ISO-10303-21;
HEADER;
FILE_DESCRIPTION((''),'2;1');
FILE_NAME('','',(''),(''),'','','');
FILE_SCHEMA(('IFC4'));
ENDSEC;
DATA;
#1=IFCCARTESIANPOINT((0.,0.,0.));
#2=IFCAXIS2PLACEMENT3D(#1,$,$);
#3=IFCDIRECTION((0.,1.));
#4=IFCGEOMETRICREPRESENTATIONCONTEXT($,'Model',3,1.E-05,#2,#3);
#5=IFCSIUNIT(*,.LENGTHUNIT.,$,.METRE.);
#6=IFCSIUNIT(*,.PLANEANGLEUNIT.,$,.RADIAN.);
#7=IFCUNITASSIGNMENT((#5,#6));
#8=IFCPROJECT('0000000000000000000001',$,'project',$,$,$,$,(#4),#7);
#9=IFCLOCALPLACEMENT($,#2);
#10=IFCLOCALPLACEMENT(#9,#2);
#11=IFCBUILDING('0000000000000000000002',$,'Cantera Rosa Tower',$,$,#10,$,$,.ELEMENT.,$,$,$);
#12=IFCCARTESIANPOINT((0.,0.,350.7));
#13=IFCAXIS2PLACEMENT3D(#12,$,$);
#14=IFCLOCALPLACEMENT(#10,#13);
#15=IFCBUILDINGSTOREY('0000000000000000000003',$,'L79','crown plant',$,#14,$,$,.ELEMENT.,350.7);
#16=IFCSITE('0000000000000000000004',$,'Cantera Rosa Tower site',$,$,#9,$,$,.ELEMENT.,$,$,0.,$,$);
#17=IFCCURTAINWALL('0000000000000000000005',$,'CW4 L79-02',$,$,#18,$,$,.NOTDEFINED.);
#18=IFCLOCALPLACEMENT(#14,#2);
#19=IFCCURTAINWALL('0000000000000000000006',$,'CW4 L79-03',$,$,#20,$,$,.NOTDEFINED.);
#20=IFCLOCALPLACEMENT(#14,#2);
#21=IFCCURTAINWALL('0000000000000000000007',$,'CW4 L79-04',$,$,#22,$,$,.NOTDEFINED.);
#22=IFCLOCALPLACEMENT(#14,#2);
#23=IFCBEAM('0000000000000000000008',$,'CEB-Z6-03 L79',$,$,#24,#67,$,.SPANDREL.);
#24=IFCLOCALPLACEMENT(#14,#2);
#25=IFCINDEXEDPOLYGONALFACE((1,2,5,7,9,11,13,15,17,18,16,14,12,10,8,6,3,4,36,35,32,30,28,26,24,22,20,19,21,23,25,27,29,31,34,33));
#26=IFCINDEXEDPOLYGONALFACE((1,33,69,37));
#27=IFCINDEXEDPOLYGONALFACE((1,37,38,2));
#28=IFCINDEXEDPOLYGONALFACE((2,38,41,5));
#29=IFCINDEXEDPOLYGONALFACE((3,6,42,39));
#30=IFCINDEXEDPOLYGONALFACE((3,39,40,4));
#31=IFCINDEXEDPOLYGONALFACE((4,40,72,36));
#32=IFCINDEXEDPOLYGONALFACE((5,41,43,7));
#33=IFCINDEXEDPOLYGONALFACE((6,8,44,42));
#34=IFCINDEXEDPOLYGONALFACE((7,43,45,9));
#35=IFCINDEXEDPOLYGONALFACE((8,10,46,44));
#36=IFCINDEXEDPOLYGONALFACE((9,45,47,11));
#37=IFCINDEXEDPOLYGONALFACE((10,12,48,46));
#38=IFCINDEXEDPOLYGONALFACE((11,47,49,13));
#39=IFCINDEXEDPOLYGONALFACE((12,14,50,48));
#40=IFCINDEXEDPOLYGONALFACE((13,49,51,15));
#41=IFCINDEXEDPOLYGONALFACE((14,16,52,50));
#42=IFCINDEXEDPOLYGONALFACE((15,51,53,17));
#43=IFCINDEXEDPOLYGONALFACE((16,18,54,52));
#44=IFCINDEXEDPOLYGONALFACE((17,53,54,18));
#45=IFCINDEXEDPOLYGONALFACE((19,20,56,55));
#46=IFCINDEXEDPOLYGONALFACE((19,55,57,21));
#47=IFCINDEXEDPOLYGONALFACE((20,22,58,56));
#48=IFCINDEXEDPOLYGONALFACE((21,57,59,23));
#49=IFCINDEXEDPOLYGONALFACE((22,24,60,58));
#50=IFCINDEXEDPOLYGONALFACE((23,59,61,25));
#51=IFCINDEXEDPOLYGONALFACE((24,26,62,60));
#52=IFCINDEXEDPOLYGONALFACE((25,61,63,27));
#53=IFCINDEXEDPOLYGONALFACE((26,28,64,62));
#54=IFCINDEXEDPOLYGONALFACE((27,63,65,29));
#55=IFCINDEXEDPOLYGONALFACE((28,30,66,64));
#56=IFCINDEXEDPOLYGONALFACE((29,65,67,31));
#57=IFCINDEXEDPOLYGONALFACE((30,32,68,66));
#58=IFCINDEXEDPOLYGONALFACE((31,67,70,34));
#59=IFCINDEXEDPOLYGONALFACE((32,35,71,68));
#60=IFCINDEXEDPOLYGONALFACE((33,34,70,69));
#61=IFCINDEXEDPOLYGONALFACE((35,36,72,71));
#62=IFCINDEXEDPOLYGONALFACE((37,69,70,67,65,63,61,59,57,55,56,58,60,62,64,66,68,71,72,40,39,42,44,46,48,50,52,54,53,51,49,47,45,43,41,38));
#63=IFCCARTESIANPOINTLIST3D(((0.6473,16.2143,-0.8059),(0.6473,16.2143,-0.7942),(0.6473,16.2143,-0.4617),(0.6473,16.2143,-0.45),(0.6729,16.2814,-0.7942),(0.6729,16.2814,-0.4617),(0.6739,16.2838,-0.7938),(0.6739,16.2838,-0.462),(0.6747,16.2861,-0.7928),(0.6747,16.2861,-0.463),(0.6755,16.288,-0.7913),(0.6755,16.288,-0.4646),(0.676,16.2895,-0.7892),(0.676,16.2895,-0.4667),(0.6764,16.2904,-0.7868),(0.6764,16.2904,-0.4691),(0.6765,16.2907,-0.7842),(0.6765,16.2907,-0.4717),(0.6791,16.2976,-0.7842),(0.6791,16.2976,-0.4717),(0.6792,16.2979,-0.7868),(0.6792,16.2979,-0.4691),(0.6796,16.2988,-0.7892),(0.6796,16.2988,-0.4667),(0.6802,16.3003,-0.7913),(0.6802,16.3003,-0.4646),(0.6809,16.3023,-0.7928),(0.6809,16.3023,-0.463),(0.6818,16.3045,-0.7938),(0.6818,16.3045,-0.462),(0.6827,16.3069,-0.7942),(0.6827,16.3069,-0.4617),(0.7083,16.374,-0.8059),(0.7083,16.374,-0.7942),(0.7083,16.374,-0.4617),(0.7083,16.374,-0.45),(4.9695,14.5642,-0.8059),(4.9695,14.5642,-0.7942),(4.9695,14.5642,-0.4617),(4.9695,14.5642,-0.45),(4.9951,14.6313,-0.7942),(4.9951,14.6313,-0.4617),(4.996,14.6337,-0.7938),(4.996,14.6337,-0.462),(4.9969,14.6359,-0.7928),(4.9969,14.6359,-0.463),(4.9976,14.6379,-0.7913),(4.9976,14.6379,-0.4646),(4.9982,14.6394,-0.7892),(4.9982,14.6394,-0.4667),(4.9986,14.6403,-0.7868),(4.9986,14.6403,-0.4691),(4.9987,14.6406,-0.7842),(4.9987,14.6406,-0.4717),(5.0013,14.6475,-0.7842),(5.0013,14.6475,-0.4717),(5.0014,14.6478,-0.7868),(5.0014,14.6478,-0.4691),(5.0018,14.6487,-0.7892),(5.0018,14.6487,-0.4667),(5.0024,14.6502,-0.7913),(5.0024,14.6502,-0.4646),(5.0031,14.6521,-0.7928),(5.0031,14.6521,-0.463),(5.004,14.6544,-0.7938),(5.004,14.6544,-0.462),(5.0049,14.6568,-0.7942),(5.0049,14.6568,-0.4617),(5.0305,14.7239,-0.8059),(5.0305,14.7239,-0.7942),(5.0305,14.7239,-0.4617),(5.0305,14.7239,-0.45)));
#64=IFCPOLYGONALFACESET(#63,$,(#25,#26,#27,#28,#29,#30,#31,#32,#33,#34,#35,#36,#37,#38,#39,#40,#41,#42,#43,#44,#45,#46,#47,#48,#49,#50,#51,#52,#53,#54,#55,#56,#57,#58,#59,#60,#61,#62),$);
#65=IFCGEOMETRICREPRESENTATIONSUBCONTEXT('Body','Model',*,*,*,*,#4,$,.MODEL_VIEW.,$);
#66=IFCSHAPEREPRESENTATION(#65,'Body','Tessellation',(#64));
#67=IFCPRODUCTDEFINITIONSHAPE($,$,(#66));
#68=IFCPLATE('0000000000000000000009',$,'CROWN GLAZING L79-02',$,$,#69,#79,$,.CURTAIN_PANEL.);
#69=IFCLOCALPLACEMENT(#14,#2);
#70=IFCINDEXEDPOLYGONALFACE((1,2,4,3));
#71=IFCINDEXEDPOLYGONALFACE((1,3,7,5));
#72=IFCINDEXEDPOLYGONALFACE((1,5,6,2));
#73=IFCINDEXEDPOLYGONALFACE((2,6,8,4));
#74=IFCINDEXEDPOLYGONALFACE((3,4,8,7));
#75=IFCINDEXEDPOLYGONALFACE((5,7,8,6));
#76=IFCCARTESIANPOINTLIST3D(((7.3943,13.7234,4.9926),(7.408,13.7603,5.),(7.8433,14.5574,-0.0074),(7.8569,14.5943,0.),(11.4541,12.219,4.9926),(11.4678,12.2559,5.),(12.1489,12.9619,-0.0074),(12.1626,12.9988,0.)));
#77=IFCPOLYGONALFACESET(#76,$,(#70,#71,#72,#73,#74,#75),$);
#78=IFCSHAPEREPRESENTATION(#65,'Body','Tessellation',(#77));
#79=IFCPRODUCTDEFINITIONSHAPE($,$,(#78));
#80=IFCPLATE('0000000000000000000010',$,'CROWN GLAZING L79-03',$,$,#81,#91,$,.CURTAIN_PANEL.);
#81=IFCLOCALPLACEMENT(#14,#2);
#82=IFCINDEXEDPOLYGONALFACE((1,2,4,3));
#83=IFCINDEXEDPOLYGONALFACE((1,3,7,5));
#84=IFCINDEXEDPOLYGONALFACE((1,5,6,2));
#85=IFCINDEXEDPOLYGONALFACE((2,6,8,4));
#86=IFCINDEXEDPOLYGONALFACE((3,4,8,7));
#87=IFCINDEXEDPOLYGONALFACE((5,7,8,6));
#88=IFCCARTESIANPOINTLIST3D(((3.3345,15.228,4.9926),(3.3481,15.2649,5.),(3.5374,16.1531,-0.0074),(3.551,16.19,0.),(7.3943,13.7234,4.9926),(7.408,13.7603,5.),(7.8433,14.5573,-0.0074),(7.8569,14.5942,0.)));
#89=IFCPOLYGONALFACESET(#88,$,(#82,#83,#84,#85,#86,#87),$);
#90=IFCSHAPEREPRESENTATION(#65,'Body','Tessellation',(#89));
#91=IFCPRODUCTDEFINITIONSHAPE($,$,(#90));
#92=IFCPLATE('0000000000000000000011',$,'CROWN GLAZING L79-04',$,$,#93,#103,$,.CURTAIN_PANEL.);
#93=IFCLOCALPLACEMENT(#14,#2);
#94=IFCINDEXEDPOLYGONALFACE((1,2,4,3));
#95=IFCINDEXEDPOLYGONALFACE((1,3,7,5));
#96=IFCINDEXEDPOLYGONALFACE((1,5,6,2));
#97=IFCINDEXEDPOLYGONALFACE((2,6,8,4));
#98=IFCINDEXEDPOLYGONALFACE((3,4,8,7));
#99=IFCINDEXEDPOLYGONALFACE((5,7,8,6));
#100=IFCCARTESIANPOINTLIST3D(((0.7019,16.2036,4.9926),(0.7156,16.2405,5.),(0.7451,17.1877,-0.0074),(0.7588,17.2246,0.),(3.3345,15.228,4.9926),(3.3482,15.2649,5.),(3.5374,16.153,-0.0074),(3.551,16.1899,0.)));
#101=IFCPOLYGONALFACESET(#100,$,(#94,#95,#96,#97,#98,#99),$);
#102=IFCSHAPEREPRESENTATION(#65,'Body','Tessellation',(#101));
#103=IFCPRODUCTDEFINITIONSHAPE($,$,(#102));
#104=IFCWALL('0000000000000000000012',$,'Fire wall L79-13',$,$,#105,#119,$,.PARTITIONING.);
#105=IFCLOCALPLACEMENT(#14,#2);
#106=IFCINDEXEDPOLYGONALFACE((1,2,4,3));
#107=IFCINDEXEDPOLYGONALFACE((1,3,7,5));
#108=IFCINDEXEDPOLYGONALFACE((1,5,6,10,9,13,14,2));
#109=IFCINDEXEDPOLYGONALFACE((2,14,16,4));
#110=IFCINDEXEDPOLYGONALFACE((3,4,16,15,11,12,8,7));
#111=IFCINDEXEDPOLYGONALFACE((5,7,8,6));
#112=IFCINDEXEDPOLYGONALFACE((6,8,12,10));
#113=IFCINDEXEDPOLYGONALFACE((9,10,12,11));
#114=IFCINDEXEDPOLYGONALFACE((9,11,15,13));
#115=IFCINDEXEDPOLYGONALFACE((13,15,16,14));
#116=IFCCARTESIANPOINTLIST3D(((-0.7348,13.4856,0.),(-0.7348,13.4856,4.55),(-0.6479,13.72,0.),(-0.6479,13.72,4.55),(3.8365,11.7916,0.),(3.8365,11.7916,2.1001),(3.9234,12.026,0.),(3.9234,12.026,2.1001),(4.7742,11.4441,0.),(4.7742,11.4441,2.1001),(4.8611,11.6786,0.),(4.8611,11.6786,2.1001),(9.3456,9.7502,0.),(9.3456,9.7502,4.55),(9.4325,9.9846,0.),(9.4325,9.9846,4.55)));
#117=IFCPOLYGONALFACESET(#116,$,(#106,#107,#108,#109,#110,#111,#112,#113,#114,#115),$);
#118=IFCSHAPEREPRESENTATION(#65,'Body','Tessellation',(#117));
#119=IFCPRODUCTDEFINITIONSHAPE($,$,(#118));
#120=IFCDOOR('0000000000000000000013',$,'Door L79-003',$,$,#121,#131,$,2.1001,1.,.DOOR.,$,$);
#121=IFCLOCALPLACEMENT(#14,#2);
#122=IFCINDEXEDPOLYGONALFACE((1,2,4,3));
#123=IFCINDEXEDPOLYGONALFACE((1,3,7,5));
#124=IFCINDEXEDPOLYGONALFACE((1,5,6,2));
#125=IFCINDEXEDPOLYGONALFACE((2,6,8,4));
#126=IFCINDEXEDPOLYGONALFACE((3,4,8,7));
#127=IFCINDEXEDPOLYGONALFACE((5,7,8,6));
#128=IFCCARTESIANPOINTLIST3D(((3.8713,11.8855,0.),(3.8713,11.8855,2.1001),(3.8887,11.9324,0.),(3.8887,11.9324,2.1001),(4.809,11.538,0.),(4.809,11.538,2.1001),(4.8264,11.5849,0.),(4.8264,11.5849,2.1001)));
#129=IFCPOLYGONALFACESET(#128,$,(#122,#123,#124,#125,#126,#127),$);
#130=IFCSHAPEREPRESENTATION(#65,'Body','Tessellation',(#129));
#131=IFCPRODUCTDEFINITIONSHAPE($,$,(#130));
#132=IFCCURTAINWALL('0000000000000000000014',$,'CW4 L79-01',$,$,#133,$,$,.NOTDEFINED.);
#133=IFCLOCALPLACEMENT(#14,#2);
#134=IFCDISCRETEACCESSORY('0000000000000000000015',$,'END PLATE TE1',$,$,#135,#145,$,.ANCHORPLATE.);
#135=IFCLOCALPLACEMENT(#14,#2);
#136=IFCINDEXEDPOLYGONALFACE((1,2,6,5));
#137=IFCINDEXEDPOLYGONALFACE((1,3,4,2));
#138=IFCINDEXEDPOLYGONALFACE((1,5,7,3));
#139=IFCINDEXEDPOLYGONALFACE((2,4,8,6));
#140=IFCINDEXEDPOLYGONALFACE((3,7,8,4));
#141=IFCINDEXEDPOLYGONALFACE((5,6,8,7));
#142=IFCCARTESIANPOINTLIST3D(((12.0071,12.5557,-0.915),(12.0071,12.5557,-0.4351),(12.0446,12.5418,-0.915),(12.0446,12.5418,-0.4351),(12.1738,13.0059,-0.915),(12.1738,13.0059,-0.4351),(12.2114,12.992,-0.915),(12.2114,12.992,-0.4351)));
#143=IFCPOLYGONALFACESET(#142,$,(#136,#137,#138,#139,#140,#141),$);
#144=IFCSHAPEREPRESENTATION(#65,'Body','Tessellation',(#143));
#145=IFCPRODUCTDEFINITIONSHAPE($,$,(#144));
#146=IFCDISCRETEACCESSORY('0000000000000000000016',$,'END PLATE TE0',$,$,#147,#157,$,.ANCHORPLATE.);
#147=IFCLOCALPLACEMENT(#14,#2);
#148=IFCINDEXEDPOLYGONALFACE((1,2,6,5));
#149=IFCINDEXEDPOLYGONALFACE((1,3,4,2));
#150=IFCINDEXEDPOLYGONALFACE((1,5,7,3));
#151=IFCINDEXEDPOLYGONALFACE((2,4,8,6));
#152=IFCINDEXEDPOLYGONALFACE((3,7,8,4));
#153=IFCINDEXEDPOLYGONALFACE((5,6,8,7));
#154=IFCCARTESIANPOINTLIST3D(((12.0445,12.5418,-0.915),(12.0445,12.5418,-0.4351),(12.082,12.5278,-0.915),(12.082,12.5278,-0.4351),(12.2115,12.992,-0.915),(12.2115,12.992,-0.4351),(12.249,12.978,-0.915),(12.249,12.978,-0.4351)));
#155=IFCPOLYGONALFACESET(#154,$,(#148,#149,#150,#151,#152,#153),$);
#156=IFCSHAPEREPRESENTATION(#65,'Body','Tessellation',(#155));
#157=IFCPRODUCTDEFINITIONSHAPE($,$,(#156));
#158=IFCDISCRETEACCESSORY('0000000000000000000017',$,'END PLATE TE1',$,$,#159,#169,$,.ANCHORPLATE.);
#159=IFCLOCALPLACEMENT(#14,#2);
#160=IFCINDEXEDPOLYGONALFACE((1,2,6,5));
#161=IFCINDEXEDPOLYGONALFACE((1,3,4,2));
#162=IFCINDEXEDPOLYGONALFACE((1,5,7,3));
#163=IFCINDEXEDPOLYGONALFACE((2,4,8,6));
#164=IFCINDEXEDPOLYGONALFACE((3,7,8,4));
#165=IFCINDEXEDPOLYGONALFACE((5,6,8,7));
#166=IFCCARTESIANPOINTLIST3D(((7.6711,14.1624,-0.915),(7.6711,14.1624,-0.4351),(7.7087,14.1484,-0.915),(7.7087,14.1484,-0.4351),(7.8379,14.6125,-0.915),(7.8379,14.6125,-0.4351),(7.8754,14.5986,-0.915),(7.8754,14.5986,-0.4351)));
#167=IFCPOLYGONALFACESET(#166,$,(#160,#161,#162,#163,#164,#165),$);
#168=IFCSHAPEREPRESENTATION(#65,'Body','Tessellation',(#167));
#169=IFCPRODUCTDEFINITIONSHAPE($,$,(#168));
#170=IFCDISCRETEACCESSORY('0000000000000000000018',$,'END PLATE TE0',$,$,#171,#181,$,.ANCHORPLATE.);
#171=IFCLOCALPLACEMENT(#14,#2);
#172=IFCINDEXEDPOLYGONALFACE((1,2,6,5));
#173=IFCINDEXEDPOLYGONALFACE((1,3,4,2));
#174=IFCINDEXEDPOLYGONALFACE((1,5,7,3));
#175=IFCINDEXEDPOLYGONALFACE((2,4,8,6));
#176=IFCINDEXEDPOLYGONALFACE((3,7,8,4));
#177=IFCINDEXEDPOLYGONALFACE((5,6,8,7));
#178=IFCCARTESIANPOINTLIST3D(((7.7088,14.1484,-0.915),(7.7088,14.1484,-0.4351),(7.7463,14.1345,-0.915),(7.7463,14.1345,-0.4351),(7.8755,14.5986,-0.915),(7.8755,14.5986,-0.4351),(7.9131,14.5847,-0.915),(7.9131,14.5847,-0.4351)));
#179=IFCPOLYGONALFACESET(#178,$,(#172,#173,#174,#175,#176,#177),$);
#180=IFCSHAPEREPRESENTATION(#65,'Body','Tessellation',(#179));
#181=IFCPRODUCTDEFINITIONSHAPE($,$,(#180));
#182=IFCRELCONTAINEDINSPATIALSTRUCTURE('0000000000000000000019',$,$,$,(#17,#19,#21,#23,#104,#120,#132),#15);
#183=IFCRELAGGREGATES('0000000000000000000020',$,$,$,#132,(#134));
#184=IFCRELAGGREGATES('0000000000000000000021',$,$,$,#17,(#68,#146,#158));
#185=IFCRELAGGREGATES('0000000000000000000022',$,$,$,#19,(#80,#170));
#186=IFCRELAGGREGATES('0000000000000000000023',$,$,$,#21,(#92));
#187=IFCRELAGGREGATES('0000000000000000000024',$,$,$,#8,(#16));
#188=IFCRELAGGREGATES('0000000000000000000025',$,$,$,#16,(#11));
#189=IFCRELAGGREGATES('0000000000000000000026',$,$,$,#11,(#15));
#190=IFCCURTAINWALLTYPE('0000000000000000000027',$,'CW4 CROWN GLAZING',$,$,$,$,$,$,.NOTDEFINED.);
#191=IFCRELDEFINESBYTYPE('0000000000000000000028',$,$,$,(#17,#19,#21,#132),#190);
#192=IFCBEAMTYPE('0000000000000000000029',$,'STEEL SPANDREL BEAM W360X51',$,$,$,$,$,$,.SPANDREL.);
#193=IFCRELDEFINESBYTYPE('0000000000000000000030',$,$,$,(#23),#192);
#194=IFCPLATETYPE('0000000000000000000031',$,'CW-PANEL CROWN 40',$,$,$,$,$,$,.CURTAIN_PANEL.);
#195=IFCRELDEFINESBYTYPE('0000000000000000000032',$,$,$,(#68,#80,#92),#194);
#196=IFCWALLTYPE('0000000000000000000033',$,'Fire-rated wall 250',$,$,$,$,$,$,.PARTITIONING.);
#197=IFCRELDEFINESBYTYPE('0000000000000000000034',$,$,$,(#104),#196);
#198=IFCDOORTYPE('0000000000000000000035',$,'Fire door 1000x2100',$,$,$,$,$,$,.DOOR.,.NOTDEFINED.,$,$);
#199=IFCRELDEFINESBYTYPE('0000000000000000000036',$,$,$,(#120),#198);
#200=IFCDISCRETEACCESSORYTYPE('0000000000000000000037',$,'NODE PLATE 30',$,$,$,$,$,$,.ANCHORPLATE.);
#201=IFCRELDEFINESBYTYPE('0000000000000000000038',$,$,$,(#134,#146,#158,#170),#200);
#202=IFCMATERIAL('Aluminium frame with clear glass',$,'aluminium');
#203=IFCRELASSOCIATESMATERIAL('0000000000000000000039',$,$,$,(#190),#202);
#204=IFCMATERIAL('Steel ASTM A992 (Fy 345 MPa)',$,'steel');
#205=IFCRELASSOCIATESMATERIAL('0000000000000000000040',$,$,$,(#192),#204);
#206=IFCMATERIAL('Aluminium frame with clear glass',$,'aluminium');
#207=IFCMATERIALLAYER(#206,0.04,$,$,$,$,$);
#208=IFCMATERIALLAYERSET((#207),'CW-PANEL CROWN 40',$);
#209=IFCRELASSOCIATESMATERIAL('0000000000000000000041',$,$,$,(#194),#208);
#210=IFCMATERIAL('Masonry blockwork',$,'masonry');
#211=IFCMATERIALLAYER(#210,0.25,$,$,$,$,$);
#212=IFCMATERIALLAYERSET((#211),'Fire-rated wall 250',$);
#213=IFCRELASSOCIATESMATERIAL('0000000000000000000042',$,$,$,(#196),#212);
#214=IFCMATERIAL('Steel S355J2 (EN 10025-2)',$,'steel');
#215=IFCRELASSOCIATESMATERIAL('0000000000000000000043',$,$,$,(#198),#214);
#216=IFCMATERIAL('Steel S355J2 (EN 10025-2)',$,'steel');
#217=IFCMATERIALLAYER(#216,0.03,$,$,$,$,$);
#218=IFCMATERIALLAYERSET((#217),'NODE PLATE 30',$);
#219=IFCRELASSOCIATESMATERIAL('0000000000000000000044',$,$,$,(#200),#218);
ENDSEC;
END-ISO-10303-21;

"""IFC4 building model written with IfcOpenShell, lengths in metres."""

from ifc_helpers import new_model, si_unit, direction, frame, frame_2d, origin, origin_2d, place, context, subcontext, project, spatial, polyline, rectangle, i_section, outline, extrude, material, layer, layer_set, material_profile, profile_set, type_object, element, fill, aggregate, save


model = new_model("IFC4")

# Units and contexts
model_context = context("Model", 3, precision=1e-05, world=origin(), true_north=direction((0.0, 1.0)))
body_context = subcontext(model_context, "Body", "Model", "MODEL_VIEW")
ifc_project = project(units=[si_unit("LENGTHUNIT", "METRE"), si_unit("PLANEANGLEUNIT", "RADIAN")], contexts=[model_context])

# Site, building, storey
site_placement = place(None, origin())
site = spatial("IfcSite", under=ifc_project, at=site_placement, Name="Cantera Rosa Tower site", CompositionType="ELEMENT", RefElevation=0.0)
building_placement = place(site_placement, origin())
building = spatial("IfcBuilding", under=site, at=building_placement, Name="Cantera Rosa Tower", CompositionType="ELEMENT")
storey_placement = place(building_placement, frame((0.0, 0.0, 350.7)))
storey = spatial("IfcBuildingStorey", under=building, at=storey_placement, Name="L79", Description="crown plant", CompositionType="ELEMENT", Elevation=350.7)

# Curtain walls
ifc_material_1 = material(Name="Aluminium frame with clear glass", Category="aluminium")
curtain_wall_type = type_object("IfcCurtainWallType", Name="CW4 CROWN GLAZING", PredefinedType="NOTDEFINED", material=ifc_material_1)
curtain_wall_1_placement = place(storey_placement, origin())
curtain_wall_1 = element("IfcCurtainWall", 1, at=curtain_wall_1_placement, inside=storey, type_object=curtain_wall_type, Name="CW4 L79-02", PredefinedType="NOTDEFINED")
curtain_wall_2_placement = place(storey_placement, origin())
curtain_wall_2 = element("IfcCurtainWall", 2, at=curtain_wall_2_placement, inside=storey, type_object=curtain_wall_type, Name="CW4 L79-03", PredefinedType="NOTDEFINED")
curtain_wall_3_placement = place(storey_placement, origin())
curtain_wall_3 = element("IfcCurtainWall", 3, at=curtain_wall_3_placement, inside=storey, type_object=curtain_wall_type, Name="CW4 L79-04", PredefinedType="NOTDEFINED")

# Beam
ifc_material_2 = material(Name="Steel ASTM A992 (Fy 345 MPa)", Category="steel")
ifc_material_profile_1 = material_profile(ifc_material_2, i_section(OverallWidth=0.1709, OverallDepth=0.356, WebThickness=0.0073, FlangeThickness=0.0117, FilletRadius=0.01, at=origin_2d()), Name="W360X51")
ifc_profile_set_1 = profile_set([ifc_material_profile_1], Name="Steel ASTM A992 (Fy 345 MPa)")
beam_type_1 = type_object("IfcBeamType", Name="STEEL SPANDREL BEAM W360X51", PredefinedType="SPANDREL", material=ifc_profile_set_1)
beam_1_placement = place(storey_placement, frame((5.0, 14.644, -0.6279), z_axis=(-0.934231, 0.356669, 0.0), x_axis=(-0.356669, -0.934231, 0.0)))
element("IfcBeam", 4, at=beam_1_placement, inside=storey, type_object=beam_type_1, Name="CEB-Z6-03 L79", PredefinedType="SPANDREL", context=body_context, shape_type="SweptSolid", body=[
    extrude(i_section(OverallWidth=0.1709, OverallDepth=0.356, WebThickness=0.0073, FlangeThickness=0.0117, FilletRadius=0.01, at=origin_2d()), origin(), (0.0, 0.0, 1.0), 4.6265),
])

# Plates
ifc_material_3 = material(Name="Aluminium frame with clear glass", Category="aluminium")
ifc_layer_1 = layer(ifc_material_3, 0.04)
ifc_layer_set_1 = layer_set([ifc_layer_1], Name="CW-PANEL CROWN 40")
plate_type = type_object("IfcPlateType", Name="CW-PANEL CROWN 40", PredefinedType="CURTAIN_PANEL", material=ifc_layer_set_1)
plate_1_placement = place(storey_placement, frame((12.1626, 12.9988, 0.0), z_axis=(0.341507, 0.921614, 0.184391), x_axis=(-0.937693, 0.347465, 0.000001)))
plate_1 = element("IfcPlate", 5, at=plate_1_placement, type_object=plate_type, Name="CROWN GLAZING L79-02", PredefinedType="CURTAIN_PANEL", context=body_context, shape_type="SweptSolid", body=[
    extrude(outline(polyline([(0.0, 0.0), (4.5918, 0.0), (4.723, 5.0872), (0.3934, 5.0872), (0.0, 0.0)])), origin(), (0.0, 0.0, -1.0), 0.04),
])
plate_2_placement = place(storey_placement, frame((7.8569, 14.5942, 0.0), z_axis=(0.341546, 0.921603, 0.184377), x_axis=(-0.937679, 0.347504, 0.000003)))
plate_2 = element("IfcPlate", 6, at=plate_2_placement, type_object=plate_type, Name="CROWN GLAZING L79-03", PredefinedType="CURTAIN_PANEL", context=body_context, shape_type="SweptSolid", body=[
    extrude(outline(polyline([(0.0, 0.0), (4.5921, 0.0), (4.4609, 5.0872), (0.1312, 5.0872), (0.0, 0.0)])), origin(), (0.0, 0.0, -1.0), 0.04),
])
plate_3_placement = place(storey_placement, frame((3.551, 16.1899, 0.0), z_axis=(0.341521, 0.921616, 0.184358), x_axis=(-0.937689, 0.347476, 0.000002)))
plate_3 = element("IfcPlate", 7, at=plate_3_placement, type_object=plate_type, Name="CROWN GLAZING L79-04", PredefinedType="CURTAIN_PANEL", context=body_context, shape_type="SweptSolid", body=[
    extrude(outline(polyline([(0.0, 0.0), (2.9778, 0.0), (2.6763, 5.0872), (-0.1312, 5.0872), (0.0, 0.0)])), origin(), (0.0, 0.0, -1.0), 0.04),
])

# Wall, opening, door
ifc_material_4 = material(Name="Masonry blockwork", Category="masonry")
ifc_layer_2 = layer(ifc_material_4, 0.25)
ifc_layer_set_2 = layer_set([ifc_layer_2], Name="Fire-rated wall 250")
wall_type = type_object("IfcWallType", Name="Fire-rated wall 250", PredefinedType="PARTITIONING", material=ifc_layer_set_2)
wall_placement = place(storey_placement, frame((9.3889, 9.8674, 0.0), z_axis=(0.0, 0.0, 1.0), x_axis=(-0.937691, 0.34747, 0.0)))
wall = element("IfcWall", 8, at=wall_placement, inside=storey, type_object=wall_type, Name="Fire wall L79-13", PredefinedType="PARTITIONING", context=body_context, shape_type="SweptSolid", body=[
    extrude(rectangle(XDim=10.7502, YDim=0.25, at=frame_2d((5.375, 0.0))), origin(), (0.0, 0.0, 1.0), 4.55),
])
opening_placement = place(wall_placement, frame((4.875, 0.0, 0.0)))
opening = element("IfcOpeningElement", 9, at=opening_placement, cuts=wall, PredefinedType="OPENING", context=body_context, shape_type="SweptSolid", body=[
    extrude(rectangle(XDim=1.0, YDim=2.1001, at=frame_2d((0.5, 1.05))), frame((0.0, 0.135, 0.0), z_axis=(0.0, -1.0, 0.0), x_axis=(1.0, 0.0, 0.0)), (0.0, 0.0, 1.0), 0.27),
])
ifc_material_5 = material(Name="Steel S355J2 (EN 10025-2)", Category="steel")
door_type = type_object("IfcDoorType", Name="Fire door 1000x2100", OperationType="NOTDEFINED", PredefinedType="DOOR", material=ifc_material_5)
door_placement = place(opening_placement, origin())
door = element("IfcDoor", 10, at=door_placement, inside=storey, type_object=door_type, Name="Door L79-003", OverallHeight=2.1001, OverallWidth=1.0, PredefinedType="DOOR", context=body_context, shape_type="SweptSolid", body=[
    extrude(rectangle(XDim=1.0, YDim=2.1001, at=frame_2d((0.5, 1.05))), frame((0.0, 0.0249, 0.0), z_axis=(0.0, -1.0, 0.0), x_axis=(1.0, 0.0, 0.0)), (0.0, 0.0, 1.0), 0.05),
])
fill(opening, door)

# Curtain wall, discrete accessory
curtain_wall_4_placement = place(storey_placement, origin())
curtain_wall_4 = element("IfcCurtainWall", 11, at=curtain_wall_4_placement, inside=storey, type_object=curtain_wall_type, Name="CW4 L79-01", PredefinedType="NOTDEFINED")
ifc_material_6 = material(Name="Steel S355J2 (EN 10025-2)", Category="steel")
ifc_layer_3 = layer(ifc_material_6, 0.03)
ifc_layer_set_3 = layer_set([ifc_layer_3], Name="NODE PLATE 30")
discrete_accessory_type = type_object("IfcDiscreteAccessoryType", Name="NODE PLATE 30", PredefinedType="ANCHORPLATE", material=ifc_layer_set_3)
discrete_accessory_1_placement = place(storey_placement, frame((12.0071, 12.5557, -0.4351), z_axis=(-0.937743, 0.347331, 0.0), x_axis=(0.347331, 0.937743, 0.0)))
discrete_accessory_1 = element("IfcDiscreteAccessory", 12, at=discrete_accessory_1_placement, type_object=discrete_accessory_type, Name="END PLATE TE1", PredefinedType="ANCHORPLATE", context=body_context, shape_type="SweptSolid", body=[
    extrude(outline(polyline([(0.0, 0.0), (0.4801, 0.0), (0.4801, 0.48), (0.0, 0.48), (0.0, 0.0)])), origin(), (0.0, 0.0, -1.0), 0.04),
])
aggregate(curtain_wall_4, [discrete_accessory_1])

# Discrete accessories
discrete_accessory_2_placement = place(storey_placement, frame((12.249, 12.978, -0.4351), z_axis=(0.937577, -0.347778, 0.0), x_axis=(-0.347778, -0.937577, 0.0)))
discrete_accessory_2 = element("IfcDiscreteAccessory", 13, at=discrete_accessory_2_placement, type_object=discrete_accessory_type, Name="END PLATE TE0", PredefinedType="ANCHORPLATE", context=body_context, shape_type="SweptSolid", body=[
    extrude(outline(polyline([(0.0, 0.0), (0.4802, 0.0), (0.4802, 0.48), (0.0, 0.48), (0.0, 0.0)])), origin(), (0.0, 0.0, -1.0), 0.04),
])
discrete_accessory_3_placement = place(storey_placement, frame((7.6711, 14.1624, -0.4351), z_axis=(-0.937743, 0.347331, 0.0), x_axis=(0.347331, 0.937743, 0.0)))
discrete_accessory_3 = element("IfcDiscreteAccessory", 14, at=discrete_accessory_3_placement, type_object=discrete_accessory_type, Name="END PLATE TE1", PredefinedType="ANCHORPLATE", context=body_context, shape_type="SweptSolid", body=[
    extrude(outline(polyline([(0.0, 0.0), (0.4801, 0.0), (0.4801, 0.48), (0.0, 0.48), (0.0, 0.0)])), origin(), (0.0, 0.0, -1.0), 0.04),
])
aggregate(curtain_wall_1, [plate_1, discrete_accessory_2, discrete_accessory_3])
discrete_accessory_4_placement = place(storey_placement, frame((7.9131, 14.5847, -0.4351), z_axis=(0.937743, -0.347331, 0.0), x_axis=(-0.347331, -0.937743, 0.0)))
discrete_accessory_4 = element("IfcDiscreteAccessory", 15, at=discrete_accessory_4_placement, type_object=discrete_accessory_type, Name="END PLATE TE0", PredefinedType="ANCHORPLATE", context=body_context, shape_type="SweptSolid", body=[
    extrude(outline(polyline([(0.0, 0.0), (0.4801, 0.0), (0.4801, 0.48), (0.0, 0.48), (0.0, 0.0)])), origin(), (0.0, 0.0, -1.0), 0.04),
])
aggregate(curtain_wall_2, [plate_2, discrete_accessory_4])
aggregate(curtain_wall_3, [plate_3])

save(model, "model.ifc")
